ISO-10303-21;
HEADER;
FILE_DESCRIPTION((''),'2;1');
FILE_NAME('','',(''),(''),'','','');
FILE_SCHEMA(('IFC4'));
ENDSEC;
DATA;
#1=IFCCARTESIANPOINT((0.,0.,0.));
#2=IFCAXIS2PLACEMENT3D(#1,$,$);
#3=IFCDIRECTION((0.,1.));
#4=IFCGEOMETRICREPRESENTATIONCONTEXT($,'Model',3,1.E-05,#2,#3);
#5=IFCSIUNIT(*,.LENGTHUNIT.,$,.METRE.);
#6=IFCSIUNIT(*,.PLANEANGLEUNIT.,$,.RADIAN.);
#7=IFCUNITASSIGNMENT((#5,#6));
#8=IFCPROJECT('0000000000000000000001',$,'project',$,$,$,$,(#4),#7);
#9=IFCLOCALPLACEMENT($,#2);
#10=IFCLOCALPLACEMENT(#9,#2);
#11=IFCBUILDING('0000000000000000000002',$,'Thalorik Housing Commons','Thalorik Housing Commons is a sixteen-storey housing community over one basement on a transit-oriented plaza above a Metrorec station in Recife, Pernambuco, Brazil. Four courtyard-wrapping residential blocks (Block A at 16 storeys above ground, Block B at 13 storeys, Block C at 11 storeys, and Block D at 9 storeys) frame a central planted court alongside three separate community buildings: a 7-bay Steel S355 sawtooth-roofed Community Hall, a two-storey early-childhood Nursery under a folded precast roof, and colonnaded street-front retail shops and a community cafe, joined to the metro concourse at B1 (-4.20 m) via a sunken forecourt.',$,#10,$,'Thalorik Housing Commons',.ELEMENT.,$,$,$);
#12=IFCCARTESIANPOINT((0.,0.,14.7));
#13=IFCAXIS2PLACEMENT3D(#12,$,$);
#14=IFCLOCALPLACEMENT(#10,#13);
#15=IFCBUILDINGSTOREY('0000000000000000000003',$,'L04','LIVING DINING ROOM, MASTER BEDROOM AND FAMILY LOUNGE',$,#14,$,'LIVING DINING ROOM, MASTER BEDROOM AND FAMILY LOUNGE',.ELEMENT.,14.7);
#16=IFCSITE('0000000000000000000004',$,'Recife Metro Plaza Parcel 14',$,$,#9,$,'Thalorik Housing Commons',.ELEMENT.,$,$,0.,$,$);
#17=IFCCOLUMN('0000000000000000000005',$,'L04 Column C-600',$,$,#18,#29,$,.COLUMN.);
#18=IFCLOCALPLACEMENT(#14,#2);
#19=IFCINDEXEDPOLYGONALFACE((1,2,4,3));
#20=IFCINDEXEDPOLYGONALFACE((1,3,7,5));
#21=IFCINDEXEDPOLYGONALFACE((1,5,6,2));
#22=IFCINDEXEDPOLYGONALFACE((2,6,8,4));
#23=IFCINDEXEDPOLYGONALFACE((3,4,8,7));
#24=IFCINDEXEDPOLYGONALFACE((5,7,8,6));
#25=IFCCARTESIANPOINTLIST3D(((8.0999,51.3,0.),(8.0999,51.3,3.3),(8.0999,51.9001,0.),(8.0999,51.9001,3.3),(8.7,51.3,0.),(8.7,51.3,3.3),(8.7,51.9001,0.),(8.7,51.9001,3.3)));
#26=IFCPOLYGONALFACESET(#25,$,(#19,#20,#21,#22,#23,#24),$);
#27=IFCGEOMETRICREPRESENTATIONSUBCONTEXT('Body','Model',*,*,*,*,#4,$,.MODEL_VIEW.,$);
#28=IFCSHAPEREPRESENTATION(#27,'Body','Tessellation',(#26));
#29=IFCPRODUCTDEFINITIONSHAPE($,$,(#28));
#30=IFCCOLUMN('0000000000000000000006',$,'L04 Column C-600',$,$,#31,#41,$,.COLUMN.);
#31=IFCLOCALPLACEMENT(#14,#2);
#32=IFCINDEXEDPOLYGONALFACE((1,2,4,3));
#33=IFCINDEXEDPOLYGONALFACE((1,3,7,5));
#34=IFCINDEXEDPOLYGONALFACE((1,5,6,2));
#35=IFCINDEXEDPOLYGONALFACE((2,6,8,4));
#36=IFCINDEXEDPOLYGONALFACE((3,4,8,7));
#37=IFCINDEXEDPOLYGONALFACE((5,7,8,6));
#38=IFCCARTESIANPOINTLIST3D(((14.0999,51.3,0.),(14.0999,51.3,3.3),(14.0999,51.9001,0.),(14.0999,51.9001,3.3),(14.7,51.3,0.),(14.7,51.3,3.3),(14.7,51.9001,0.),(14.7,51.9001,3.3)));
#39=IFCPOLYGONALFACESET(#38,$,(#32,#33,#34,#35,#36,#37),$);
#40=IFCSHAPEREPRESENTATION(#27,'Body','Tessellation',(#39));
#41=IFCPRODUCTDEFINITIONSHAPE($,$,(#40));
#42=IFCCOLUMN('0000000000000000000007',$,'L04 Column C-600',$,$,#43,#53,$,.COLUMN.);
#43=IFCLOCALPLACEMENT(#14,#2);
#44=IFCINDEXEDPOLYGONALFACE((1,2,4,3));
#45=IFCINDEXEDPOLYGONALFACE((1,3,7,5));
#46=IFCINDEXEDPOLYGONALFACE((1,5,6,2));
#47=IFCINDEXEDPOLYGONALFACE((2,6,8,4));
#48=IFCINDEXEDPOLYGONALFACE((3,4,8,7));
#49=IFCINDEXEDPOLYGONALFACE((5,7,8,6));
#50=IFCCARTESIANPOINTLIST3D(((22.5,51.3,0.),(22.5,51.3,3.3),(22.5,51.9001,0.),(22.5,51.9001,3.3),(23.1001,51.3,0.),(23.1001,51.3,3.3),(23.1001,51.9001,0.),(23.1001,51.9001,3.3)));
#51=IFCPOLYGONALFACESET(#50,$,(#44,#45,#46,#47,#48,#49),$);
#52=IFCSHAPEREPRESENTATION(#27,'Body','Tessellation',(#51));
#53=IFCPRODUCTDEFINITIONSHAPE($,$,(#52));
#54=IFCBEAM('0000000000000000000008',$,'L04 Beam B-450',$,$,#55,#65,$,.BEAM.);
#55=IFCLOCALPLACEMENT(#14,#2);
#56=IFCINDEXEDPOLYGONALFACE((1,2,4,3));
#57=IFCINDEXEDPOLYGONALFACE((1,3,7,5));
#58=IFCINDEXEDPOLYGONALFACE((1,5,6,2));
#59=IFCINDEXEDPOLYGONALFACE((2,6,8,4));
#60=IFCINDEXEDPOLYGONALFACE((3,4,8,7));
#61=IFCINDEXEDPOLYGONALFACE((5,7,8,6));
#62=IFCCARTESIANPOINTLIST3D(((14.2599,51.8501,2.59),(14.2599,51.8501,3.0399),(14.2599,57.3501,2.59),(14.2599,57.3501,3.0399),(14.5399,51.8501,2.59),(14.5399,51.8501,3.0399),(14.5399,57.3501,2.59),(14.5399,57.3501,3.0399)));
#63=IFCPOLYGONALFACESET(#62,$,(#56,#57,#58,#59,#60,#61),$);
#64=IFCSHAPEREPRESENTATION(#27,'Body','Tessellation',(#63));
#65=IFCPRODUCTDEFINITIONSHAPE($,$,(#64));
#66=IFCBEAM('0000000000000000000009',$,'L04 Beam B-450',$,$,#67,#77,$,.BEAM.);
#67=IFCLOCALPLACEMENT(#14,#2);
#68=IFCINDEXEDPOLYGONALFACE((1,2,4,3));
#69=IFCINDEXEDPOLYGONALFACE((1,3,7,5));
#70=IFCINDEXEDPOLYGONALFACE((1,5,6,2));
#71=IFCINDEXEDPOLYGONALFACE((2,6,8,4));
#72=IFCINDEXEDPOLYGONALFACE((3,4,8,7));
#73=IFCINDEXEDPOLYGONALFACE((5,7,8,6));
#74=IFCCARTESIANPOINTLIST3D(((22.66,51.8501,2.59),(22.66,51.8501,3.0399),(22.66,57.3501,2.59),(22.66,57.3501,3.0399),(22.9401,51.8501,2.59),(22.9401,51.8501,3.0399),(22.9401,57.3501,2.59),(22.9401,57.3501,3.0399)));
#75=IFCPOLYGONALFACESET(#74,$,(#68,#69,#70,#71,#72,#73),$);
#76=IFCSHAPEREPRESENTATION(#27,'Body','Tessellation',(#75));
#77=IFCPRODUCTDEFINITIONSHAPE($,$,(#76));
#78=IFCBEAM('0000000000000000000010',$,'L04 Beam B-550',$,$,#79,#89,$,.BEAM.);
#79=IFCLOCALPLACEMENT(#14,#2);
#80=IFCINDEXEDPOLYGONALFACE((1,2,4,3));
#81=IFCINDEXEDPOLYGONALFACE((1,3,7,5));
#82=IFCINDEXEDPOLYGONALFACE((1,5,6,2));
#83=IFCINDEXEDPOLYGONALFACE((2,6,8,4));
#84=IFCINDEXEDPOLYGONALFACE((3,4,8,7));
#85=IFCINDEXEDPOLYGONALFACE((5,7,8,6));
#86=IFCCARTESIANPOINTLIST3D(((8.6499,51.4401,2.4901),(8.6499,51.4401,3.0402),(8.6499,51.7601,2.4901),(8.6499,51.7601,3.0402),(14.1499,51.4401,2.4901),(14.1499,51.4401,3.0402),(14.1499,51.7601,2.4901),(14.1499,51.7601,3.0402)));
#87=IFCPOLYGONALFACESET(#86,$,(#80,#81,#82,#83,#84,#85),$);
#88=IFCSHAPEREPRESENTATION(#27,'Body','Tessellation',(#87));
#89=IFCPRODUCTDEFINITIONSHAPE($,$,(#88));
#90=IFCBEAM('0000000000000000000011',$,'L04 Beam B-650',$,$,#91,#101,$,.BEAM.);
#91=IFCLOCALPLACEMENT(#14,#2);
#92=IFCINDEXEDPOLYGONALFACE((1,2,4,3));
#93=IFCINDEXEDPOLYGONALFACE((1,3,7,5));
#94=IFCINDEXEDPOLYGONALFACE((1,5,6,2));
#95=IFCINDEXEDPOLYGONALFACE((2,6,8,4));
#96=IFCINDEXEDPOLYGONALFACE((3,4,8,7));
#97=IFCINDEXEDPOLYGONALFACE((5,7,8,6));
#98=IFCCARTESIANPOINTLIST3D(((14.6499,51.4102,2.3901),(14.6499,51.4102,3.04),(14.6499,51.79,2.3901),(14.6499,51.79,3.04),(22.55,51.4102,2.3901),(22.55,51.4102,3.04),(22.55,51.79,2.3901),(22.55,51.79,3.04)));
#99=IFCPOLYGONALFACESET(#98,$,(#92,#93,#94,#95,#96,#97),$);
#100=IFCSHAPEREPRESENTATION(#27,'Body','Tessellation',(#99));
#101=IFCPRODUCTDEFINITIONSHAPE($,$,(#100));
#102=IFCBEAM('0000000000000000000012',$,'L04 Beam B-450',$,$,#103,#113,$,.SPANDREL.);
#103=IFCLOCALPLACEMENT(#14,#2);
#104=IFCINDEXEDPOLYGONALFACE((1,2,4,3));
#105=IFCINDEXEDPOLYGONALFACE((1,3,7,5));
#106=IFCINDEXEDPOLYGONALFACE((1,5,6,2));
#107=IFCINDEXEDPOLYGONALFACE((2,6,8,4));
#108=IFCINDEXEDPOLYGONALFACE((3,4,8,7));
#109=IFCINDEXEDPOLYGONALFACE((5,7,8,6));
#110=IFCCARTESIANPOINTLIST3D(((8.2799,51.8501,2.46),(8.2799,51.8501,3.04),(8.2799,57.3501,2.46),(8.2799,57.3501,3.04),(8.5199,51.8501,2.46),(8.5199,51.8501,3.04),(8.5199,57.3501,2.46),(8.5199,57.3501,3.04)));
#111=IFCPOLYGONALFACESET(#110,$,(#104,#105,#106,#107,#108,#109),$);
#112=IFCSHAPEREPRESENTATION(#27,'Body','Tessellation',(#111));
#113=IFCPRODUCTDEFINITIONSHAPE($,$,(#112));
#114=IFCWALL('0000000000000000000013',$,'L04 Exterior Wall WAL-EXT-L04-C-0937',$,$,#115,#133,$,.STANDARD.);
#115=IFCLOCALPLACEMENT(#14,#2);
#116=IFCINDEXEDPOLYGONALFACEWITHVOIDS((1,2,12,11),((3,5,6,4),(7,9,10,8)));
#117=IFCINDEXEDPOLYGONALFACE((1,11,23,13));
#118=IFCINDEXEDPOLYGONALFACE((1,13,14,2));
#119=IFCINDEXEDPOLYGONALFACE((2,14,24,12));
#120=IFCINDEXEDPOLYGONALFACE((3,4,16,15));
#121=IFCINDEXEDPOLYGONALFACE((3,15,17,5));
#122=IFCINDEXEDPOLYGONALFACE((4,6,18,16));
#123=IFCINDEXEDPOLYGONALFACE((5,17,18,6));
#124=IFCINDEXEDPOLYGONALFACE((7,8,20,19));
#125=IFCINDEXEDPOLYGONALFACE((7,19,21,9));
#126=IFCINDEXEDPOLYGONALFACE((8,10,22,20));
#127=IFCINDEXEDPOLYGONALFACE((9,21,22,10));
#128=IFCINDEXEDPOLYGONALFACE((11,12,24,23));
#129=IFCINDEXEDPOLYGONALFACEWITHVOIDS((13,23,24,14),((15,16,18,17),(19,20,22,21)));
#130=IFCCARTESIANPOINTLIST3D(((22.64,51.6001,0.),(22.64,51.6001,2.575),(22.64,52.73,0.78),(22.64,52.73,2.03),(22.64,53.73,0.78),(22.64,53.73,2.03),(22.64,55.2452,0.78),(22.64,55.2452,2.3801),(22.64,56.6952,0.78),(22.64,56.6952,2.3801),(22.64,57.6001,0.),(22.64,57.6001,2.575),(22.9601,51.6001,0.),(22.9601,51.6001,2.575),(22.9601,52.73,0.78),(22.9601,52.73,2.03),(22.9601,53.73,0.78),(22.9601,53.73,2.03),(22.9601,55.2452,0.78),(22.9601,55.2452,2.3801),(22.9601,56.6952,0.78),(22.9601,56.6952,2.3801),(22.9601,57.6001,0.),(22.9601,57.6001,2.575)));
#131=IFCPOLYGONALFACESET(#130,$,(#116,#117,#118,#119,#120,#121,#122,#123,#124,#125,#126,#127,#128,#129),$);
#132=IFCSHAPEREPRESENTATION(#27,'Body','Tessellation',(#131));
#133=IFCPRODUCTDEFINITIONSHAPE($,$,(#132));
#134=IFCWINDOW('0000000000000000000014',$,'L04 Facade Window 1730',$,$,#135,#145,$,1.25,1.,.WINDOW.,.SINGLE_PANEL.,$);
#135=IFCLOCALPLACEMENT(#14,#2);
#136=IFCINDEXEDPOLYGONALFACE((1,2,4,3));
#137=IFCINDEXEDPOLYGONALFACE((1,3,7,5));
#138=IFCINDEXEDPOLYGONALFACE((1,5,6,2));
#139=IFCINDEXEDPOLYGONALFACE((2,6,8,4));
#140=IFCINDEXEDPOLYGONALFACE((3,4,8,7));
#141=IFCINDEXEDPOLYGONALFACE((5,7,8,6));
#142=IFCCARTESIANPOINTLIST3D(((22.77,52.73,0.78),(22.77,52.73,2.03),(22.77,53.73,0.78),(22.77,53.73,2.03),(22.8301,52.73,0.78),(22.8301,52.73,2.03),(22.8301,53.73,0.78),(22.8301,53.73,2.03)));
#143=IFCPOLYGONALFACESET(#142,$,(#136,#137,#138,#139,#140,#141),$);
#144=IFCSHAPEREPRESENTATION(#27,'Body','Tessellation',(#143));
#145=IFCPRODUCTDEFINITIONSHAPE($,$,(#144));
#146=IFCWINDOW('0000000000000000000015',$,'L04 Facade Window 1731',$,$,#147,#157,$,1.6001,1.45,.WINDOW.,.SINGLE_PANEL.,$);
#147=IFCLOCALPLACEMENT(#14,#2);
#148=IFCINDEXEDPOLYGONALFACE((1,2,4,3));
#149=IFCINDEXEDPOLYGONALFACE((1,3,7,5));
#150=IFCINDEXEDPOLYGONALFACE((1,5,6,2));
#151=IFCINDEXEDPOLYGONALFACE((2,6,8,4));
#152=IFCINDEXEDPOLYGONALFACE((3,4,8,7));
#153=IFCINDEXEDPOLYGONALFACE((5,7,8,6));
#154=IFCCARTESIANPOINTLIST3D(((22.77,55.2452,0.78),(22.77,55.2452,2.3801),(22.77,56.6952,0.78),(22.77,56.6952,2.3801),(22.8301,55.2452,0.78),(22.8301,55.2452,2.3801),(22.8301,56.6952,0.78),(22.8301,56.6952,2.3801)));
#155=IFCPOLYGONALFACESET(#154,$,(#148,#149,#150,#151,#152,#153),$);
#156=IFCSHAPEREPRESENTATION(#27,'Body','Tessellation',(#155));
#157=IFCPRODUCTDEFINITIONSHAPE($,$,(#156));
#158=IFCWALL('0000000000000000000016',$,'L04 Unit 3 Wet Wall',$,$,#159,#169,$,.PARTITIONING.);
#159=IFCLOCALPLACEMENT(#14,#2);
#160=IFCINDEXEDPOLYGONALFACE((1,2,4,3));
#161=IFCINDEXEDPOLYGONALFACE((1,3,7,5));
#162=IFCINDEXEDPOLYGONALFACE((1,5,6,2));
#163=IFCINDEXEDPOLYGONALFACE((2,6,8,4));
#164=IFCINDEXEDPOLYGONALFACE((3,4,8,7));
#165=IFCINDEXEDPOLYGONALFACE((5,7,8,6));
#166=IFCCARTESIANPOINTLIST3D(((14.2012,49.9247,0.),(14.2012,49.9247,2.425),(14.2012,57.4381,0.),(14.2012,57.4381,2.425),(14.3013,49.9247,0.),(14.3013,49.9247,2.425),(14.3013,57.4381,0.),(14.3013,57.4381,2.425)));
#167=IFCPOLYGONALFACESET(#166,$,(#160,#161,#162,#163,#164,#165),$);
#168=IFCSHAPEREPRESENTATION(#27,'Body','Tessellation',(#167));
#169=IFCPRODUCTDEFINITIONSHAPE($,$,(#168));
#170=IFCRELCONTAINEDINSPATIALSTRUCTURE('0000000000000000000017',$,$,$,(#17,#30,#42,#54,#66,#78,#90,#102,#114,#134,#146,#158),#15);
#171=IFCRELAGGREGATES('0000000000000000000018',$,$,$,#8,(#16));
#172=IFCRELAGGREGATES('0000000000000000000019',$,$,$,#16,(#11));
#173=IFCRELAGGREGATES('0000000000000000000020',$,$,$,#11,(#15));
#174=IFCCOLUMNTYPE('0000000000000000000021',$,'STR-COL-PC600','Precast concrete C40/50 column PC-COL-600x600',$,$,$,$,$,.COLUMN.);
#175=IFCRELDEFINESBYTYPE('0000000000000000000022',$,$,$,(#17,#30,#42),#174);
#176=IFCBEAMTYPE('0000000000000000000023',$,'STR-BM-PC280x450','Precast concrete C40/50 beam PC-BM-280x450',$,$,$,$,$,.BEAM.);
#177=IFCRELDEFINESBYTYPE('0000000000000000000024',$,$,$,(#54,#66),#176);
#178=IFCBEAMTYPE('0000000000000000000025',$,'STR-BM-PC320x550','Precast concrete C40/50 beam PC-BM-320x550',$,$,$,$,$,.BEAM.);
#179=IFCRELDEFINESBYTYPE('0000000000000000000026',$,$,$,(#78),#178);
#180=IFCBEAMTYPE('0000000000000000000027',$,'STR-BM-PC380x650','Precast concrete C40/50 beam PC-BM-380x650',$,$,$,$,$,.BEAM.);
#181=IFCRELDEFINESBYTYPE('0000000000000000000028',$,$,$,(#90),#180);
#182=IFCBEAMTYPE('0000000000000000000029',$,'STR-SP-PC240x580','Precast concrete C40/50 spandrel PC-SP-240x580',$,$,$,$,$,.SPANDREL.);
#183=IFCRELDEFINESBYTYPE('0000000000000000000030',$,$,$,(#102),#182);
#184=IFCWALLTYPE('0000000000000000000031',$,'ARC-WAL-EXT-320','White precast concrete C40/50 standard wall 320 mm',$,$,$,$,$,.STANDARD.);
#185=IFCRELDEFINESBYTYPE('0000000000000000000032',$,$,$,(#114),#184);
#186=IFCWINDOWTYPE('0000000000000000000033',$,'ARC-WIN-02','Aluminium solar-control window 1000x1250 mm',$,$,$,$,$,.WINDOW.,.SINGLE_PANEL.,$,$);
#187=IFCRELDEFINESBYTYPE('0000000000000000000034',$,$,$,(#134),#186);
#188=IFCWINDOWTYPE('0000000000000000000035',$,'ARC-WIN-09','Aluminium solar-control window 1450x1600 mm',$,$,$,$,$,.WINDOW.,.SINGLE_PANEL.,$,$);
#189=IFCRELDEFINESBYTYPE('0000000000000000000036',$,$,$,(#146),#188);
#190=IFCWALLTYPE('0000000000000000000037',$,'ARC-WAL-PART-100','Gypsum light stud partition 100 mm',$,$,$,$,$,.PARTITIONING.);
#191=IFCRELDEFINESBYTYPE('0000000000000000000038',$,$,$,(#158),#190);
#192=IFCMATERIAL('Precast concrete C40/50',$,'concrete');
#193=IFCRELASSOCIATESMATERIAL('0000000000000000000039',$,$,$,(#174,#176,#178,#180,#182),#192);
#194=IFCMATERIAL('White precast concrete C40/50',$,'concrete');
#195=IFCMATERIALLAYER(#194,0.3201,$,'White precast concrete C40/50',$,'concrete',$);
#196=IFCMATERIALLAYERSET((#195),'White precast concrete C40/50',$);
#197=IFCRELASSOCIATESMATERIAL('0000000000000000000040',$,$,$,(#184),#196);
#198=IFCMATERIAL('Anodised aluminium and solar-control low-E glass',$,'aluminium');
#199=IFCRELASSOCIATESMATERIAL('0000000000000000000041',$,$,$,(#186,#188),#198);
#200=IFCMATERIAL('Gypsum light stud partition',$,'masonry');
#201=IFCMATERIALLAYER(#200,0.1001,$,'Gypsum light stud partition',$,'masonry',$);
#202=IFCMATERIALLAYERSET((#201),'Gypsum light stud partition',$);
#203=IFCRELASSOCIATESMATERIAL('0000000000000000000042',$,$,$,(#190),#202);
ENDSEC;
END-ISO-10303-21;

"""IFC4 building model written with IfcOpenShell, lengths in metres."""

from ifc_helpers import new_model, si_unit, direction, frame, frame_2d, origin, origin_2d, place, context, subcontext, project, spatial, rectangle, extrude, material, layer, layer_set, material_profile, profile_set, type_object, element, fill, save


model = new_model("IFC4")

# Units and contexts
model_context = context("Model", 3, precision=1e-05, world=origin(), true_north=direction((0.0, 1.0)))
body_context = subcontext(model_context, "Body", "Model", "MODEL_VIEW")
ifc_project = project(units=[si_unit("LENGTHUNIT", "METRE"), si_unit("PLANEANGLEUNIT", "RADIAN")], contexts=[model_context])

# Site, building, storey
site_placement = place(None, origin())
site = spatial("IfcSite", under=ifc_project, at=site_placement, Name="Recife Metro Plaza Parcel 14", LongName="Thalorik Housing Commons", CompositionType="ELEMENT", RefElevation=0.0)
building_placement = place(site_placement, origin())
building = spatial("IfcBuilding", under=site, at=building_placement, Name="Thalorik Housing Commons", Description="Thalorik Housing Commons is a sixteen-storey housing community over one basement on a transit-oriented plaza above a Metrorec station in Recife, Pernambuco, Brazil. Four courtyard-wrapping residential blocks (Block A at 16 storeys above ground, Block B at 13 storeys, Block C at 11 storeys, and Block D at 9 storeys) frame a central planted court alongside three separate community buildings: a 7-bay Steel S355 sawtooth-roofed Community Hall, a two-storey early-childhood Nursery under a folded precast roof, and colonnaded street-front retail shops and a community cafe, joined to the metro concourse at B1 (-4.20 m) via a sunken forecourt.", LongName="Thalorik Housing Commons", CompositionType="ELEMENT")
storey_placement = place(building_placement, frame((0.0, 0.0, 14.7)))
storey = spatial("IfcBuildingStorey", under=building, at=storey_placement, Name="L04", Description="LIVING DINING ROOM, MASTER BEDROOM AND FAMILY LOUNGE", LongName="LIVING DINING ROOM, MASTER BEDROOM AND FAMILY LOUNGE", CompositionType="ELEMENT", Elevation=14.7)

# Columns
ifc_material_1 = material(Name="Precast concrete C40/50", Category="concrete")
ifc_material_profile_1 = material_profile(ifc_material_1, rectangle(XDim=0.6001, YDim=0.6001, at=origin_2d()), Name="PC 600x600", Category="concrete")
ifc_profile_set_1 = profile_set([ifc_material_profile_1], Name="Precast concrete C40/50")
column_type = type_object("IfcColumnType", Name="STR-COL-PC600", Description="Precast concrete C40/50 column PC-COL-600x600", PredefinedType="COLUMN", material=ifc_profile_set_1)
for number, where, z_axis, x_axis, name in (
    (1, (8.3999, 51.6001, 0.0), (0.0, 0.0, 1.0), (1.0, 0.0, 0.0), "L04 Column C-600"),
    (2, (14.3999, 51.6001, 0.0), (0.0, 0.0, 1.0), (1.0, 0.0, 0.0), "L04 Column C-600"),
    (3, (22.8, 51.6001, 0.0), (0.0, 0.0, 1.0), (1.0, 0.0, 0.0), "L04 Column C-600"),
):
    element("IfcColumn", number, at=place(storey_placement, frame(where, z_axis=z_axis, x_axis=x_axis)), inside=storey, type_object=column_type, Name=name, PredefinedType="COLUMN", context=body_context, shape_type="SweptSolid", body=[
        extrude(rectangle(XDim=0.6001, YDim=0.6001, at=origin_2d()), origin(), (0.0, 0.0, 1.0), 3.3),
    ])

# Beams
ifc_material_profile_2 = material_profile(ifc_material_1, rectangle(XDim=0.28, YDim=0.45, at=origin_2d()), Name="PC 280x450", Category="concrete")
ifc_profile_set_2 = profile_set([ifc_material_profile_2], Name="Precast concrete C40/50")
beam_type_1 = type_object("IfcBeamType", Name="STR-BM-PC280x450", Description="Precast concrete C40/50 beam PC-BM-280x450", PredefinedType="BEAM", material=ifc_profile_set_2)
for number, where, z_axis, x_axis, name in (
    (4, (14.3999, 51.8501, 2.8149), (0.0, 1.0, 0.0), (-1.0, 0.0, 0.0), "L04 Beam B-450"),
    (5, (22.8, 51.8501, 2.8149), (0.0, 1.0, 0.0), (-1.0, 0.0, 0.0), "L04 Beam B-450"),
):
    element("IfcBeam", number, at=place(storey_placement, frame(where, z_axis=z_axis, x_axis=x_axis)), inside=storey, type_object=beam_type_1, Name=name, PredefinedType="BEAM", context=body_context, shape_type="SweptSolid", body=[
        extrude(rectangle(XDim=0.28, YDim=0.45, at=origin_2d()), origin(), (0.0, 0.0, 1.0), 5.5),
    ])
ifc_material_profile_3 = material_profile(ifc_material_1, rectangle(XDim=0.3201, YDim=0.55, at=origin_2d()), Name="PC 320x550", Category="concrete")
ifc_profile_set_3 = profile_set([ifc_material_profile_3], Name="Precast concrete C40/50")
beam_type_2 = type_object("IfcBeamType", Name="STR-BM-PC320x550", Description="Precast concrete C40/50 beam PC-BM-320x550", PredefinedType="BEAM", material=ifc_profile_set_3)
beam_1_placement = place(storey_placement, frame((8.6499, 51.6001, 2.7651), z_axis=(1.0, 0.0, 0.0), x_axis=(0.0, 1.0, 0.0)))
element("IfcBeam", 6, at=beam_1_placement, inside=storey, type_object=beam_type_2, Name="L04 Beam B-550", PredefinedType="BEAM", context=body_context, shape_type="SweptSolid", body=[
    extrude(rectangle(XDim=0.3201, YDim=0.55, at=origin_2d()), origin(), (0.0, 0.0, 1.0), 5.5),
])
ifc_material_profile_4 = material_profile(ifc_material_1, rectangle(XDim=0.3799, YDim=0.6499, at=origin_2d()), Name="PC 380x650", Category="concrete")
ifc_profile_set_4 = profile_set([ifc_material_profile_4], Name="Precast concrete C40/50")
beam_type_3 = type_object("IfcBeamType", Name="STR-BM-PC380x650", Description="Precast concrete C40/50 beam PC-BM-380x650", PredefinedType="BEAM", material=ifc_profile_set_4)
beam_2_placement = place(storey_placement, frame((14.6499, 51.6001, 2.7151), z_axis=(1.0, 0.0, 0.0), x_axis=(0.0, 1.0, 0.0)))
element("IfcBeam", 7, at=beam_2_placement, inside=storey, type_object=beam_type_3, Name="L04 Beam B-650", PredefinedType="BEAM", context=body_context, shape_type="SweptSolid", body=[
    extrude(rectangle(XDim=0.3799, YDim=0.6499, at=origin_2d()), origin(), (0.0, 0.0, 1.0), 7.9001),
])
ifc_material_profile_5 = material_profile(ifc_material_1, rectangle(XDim=0.24, YDim=0.5801, at=origin_2d()), Name="PC SP 240x580", Category="concrete")
ifc_profile_set_5 = profile_set([ifc_material_profile_5], Name="Precast concrete C40/50")
beam_type_4 = type_object("IfcBeamType", Name="STR-SP-PC240x580", Description="Precast concrete C40/50 spandrel PC-SP-240x580", PredefinedType="SPANDREL", material=ifc_profile_set_5)
beam_3_placement = place(storey_placement, frame((8.3999, 51.8501, 2.75), z_axis=(0.0, 1.0, 0.0), x_axis=(-1.0, 0.0, 0.0)))
element("IfcBeam", 8, at=beam_3_placement, inside=storey, type_object=beam_type_4, Name="L04 Beam B-450", PredefinedType="SPANDREL", context=body_context, shape_type="SweptSolid", body=[
    extrude(rectangle(XDim=0.24, YDim=0.5801, at=origin_2d()), origin(), (0.0, 0.0, 1.0), 5.5),
])

# Wall, openings, windows
ifc_material_2 = material(Name="White precast concrete C40/50", Category="concrete")
ifc_layer_1 = layer(ifc_material_2, 0.3201, Name="White precast concrete C40/50", Category="concrete")
ifc_layer_set_1 = layer_set([ifc_layer_1], Name="White precast concrete C40/50")
wall_type_1 = type_object("IfcWallType", Name="ARC-WAL-EXT-320", Description="White precast concrete C40/50 standard wall 320 mm", PredefinedType="STANDARD", material=ifc_layer_set_1)
wall_1_placement = place(storey_placement, frame((22.8, 51.6001, 0.0), z_axis=(0.0, 0.0, 1.0), x_axis=(0.0, 1.0, 0.0)))
wall_1 = element("IfcWall", 9, at=wall_1_placement, inside=storey, type_object=wall_type_1, Name="L04 Exterior Wall WAL-EXT-L04-C-0937", PredefinedType="STANDARD", context=body_context, shape_type="SweptSolid", body=[
    extrude(rectangle(XDim=6.0, YDim=0.3201, at=frame_2d((3.0, 0.0))), origin(), (0.0, 0.0, 1.0), 2.575),
])
opening_1_placement = place(wall_1_placement, frame((1.1299, 0.0, 0.78)))
opening_1 = element("IfcOpeningElement", 10, at=opening_1_placement, cuts=wall_1, PredefinedType="OPENING", context=body_context, shape_type="SweptSolid", body=[
    extrude(rectangle(XDim=1.0, YDim=1.25, at=frame_2d((0.5, 0.625))), frame((0.0, 0.1699, 0.0), z_axis=(0.0, -1.0, 0.0), x_axis=(1.0, 0.0, 0.0)), (0.0, 0.0, 1.0), 0.3401),
])
opening_2_placement = place(wall_1_placement, frame((3.645, 0.0, 0.78)))
opening_2 = element("IfcOpeningElement", 11, at=opening_2_placement, cuts=wall_1, PredefinedType="OPENING", context=body_context, shape_type="SweptSolid", body=[
    extrude(rectangle(XDim=1.45, YDim=1.6001, at=frame_2d((0.7251, 0.8))), frame((0.0, 0.1699, 0.0), z_axis=(0.0, -1.0, 0.0), x_axis=(1.0, 0.0, 0.0)), (0.0, 0.0, 1.0), 0.3401),
])
ifc_material_3 = material(Name="Anodised aluminium and solar-control low-E glass", Category="aluminium")
window_type_1 = type_object("IfcWindowType", Name="ARC-WIN-02", Description="Aluminium solar-control window 1000x1250 mm", PartitioningType="SINGLE_PANEL", PredefinedType="WINDOW", material=ifc_material_3)
window_1_placement = place(opening_1_placement, origin())
window_1 = element("IfcWindow", 12, at=window_1_placement, inside=storey, type_object=window_type_1, Name="L04 Facade Window 1730", OverallHeight=1.25, OverallWidth=1.0, PartitioningType="SINGLE_PANEL", PredefinedType="WINDOW", context=body_context, shape_type="SweptSolid", body=[
    extrude(rectangle(XDim=1.0, YDim=1.25, at=frame_2d((0.5, 0.625))), frame((0.0, 0.03, 0.0), z_axis=(0.0, -1.0, 0.0), x_axis=(1.0, 0.0, 0.0)), (0.0, 0.0, 1.0), 0.0601),
])
fill(opening_1, window_1)
window_type_2 = type_object("IfcWindowType", Name="ARC-WIN-09", Description="Aluminium solar-control window 1450x1600 mm", PartitioningType="SINGLE_PANEL", PredefinedType="WINDOW", material=ifc_material_3)
window_2_placement = place(opening_2_placement, origin())
window_2 = element("IfcWindow", 13, at=window_2_placement, inside=storey, type_object=window_type_2, Name="L04 Facade Window 1731", OverallHeight=1.6001, OverallWidth=1.45, PartitioningType="SINGLE_PANEL", PredefinedType="WINDOW", context=body_context, shape_type="SweptSolid", body=[
    extrude(rectangle(XDim=1.45, YDim=1.6001, at=frame_2d((0.7251, 0.8))), frame((0.0, 0.03, 0.0), z_axis=(0.0, -1.0, 0.0), x_axis=(1.0, 0.0, 0.0)), (0.0, 0.0, 1.0), 0.0601),
])
fill(opening_2, window_2)

# Wall
ifc_material_4 = material(Name="Gypsum light stud partition", Category="masonry")
ifc_layer_2 = layer(ifc_material_4, 0.1001, Name="Gypsum light stud partition", Category="masonry")
ifc_layer_set_2 = layer_set([ifc_layer_2], Name="Gypsum light stud partition")
wall_type_2 = type_object("IfcWallType", Name="ARC-WAL-PART-100", Description="Gypsum light stud partition 100 mm", PredefinedType="PARTITIONING", material=ifc_layer_set_2)
wall_2_placement = place(storey_placement, frame((14.2512, 49.9246, 0.0), z_axis=(0.0, 0.0, 1.0), x_axis=(0.0, 1.0, 0.0)))
element("IfcWall", 14, at=wall_2_placement, inside=storey, type_object=wall_type_2, Name="L04 Unit 3 Wet Wall", PredefinedType="PARTITIONING", context=body_context, shape_type="SweptSolid", body=[
    extrude(rectangle(XDim=7.5134, YDim=0.1001, at=frame_2d((3.7568, 0.0))), origin(), (0.0, 0.0, 1.0), 2.425),
])

save(model, "model.ifc")
